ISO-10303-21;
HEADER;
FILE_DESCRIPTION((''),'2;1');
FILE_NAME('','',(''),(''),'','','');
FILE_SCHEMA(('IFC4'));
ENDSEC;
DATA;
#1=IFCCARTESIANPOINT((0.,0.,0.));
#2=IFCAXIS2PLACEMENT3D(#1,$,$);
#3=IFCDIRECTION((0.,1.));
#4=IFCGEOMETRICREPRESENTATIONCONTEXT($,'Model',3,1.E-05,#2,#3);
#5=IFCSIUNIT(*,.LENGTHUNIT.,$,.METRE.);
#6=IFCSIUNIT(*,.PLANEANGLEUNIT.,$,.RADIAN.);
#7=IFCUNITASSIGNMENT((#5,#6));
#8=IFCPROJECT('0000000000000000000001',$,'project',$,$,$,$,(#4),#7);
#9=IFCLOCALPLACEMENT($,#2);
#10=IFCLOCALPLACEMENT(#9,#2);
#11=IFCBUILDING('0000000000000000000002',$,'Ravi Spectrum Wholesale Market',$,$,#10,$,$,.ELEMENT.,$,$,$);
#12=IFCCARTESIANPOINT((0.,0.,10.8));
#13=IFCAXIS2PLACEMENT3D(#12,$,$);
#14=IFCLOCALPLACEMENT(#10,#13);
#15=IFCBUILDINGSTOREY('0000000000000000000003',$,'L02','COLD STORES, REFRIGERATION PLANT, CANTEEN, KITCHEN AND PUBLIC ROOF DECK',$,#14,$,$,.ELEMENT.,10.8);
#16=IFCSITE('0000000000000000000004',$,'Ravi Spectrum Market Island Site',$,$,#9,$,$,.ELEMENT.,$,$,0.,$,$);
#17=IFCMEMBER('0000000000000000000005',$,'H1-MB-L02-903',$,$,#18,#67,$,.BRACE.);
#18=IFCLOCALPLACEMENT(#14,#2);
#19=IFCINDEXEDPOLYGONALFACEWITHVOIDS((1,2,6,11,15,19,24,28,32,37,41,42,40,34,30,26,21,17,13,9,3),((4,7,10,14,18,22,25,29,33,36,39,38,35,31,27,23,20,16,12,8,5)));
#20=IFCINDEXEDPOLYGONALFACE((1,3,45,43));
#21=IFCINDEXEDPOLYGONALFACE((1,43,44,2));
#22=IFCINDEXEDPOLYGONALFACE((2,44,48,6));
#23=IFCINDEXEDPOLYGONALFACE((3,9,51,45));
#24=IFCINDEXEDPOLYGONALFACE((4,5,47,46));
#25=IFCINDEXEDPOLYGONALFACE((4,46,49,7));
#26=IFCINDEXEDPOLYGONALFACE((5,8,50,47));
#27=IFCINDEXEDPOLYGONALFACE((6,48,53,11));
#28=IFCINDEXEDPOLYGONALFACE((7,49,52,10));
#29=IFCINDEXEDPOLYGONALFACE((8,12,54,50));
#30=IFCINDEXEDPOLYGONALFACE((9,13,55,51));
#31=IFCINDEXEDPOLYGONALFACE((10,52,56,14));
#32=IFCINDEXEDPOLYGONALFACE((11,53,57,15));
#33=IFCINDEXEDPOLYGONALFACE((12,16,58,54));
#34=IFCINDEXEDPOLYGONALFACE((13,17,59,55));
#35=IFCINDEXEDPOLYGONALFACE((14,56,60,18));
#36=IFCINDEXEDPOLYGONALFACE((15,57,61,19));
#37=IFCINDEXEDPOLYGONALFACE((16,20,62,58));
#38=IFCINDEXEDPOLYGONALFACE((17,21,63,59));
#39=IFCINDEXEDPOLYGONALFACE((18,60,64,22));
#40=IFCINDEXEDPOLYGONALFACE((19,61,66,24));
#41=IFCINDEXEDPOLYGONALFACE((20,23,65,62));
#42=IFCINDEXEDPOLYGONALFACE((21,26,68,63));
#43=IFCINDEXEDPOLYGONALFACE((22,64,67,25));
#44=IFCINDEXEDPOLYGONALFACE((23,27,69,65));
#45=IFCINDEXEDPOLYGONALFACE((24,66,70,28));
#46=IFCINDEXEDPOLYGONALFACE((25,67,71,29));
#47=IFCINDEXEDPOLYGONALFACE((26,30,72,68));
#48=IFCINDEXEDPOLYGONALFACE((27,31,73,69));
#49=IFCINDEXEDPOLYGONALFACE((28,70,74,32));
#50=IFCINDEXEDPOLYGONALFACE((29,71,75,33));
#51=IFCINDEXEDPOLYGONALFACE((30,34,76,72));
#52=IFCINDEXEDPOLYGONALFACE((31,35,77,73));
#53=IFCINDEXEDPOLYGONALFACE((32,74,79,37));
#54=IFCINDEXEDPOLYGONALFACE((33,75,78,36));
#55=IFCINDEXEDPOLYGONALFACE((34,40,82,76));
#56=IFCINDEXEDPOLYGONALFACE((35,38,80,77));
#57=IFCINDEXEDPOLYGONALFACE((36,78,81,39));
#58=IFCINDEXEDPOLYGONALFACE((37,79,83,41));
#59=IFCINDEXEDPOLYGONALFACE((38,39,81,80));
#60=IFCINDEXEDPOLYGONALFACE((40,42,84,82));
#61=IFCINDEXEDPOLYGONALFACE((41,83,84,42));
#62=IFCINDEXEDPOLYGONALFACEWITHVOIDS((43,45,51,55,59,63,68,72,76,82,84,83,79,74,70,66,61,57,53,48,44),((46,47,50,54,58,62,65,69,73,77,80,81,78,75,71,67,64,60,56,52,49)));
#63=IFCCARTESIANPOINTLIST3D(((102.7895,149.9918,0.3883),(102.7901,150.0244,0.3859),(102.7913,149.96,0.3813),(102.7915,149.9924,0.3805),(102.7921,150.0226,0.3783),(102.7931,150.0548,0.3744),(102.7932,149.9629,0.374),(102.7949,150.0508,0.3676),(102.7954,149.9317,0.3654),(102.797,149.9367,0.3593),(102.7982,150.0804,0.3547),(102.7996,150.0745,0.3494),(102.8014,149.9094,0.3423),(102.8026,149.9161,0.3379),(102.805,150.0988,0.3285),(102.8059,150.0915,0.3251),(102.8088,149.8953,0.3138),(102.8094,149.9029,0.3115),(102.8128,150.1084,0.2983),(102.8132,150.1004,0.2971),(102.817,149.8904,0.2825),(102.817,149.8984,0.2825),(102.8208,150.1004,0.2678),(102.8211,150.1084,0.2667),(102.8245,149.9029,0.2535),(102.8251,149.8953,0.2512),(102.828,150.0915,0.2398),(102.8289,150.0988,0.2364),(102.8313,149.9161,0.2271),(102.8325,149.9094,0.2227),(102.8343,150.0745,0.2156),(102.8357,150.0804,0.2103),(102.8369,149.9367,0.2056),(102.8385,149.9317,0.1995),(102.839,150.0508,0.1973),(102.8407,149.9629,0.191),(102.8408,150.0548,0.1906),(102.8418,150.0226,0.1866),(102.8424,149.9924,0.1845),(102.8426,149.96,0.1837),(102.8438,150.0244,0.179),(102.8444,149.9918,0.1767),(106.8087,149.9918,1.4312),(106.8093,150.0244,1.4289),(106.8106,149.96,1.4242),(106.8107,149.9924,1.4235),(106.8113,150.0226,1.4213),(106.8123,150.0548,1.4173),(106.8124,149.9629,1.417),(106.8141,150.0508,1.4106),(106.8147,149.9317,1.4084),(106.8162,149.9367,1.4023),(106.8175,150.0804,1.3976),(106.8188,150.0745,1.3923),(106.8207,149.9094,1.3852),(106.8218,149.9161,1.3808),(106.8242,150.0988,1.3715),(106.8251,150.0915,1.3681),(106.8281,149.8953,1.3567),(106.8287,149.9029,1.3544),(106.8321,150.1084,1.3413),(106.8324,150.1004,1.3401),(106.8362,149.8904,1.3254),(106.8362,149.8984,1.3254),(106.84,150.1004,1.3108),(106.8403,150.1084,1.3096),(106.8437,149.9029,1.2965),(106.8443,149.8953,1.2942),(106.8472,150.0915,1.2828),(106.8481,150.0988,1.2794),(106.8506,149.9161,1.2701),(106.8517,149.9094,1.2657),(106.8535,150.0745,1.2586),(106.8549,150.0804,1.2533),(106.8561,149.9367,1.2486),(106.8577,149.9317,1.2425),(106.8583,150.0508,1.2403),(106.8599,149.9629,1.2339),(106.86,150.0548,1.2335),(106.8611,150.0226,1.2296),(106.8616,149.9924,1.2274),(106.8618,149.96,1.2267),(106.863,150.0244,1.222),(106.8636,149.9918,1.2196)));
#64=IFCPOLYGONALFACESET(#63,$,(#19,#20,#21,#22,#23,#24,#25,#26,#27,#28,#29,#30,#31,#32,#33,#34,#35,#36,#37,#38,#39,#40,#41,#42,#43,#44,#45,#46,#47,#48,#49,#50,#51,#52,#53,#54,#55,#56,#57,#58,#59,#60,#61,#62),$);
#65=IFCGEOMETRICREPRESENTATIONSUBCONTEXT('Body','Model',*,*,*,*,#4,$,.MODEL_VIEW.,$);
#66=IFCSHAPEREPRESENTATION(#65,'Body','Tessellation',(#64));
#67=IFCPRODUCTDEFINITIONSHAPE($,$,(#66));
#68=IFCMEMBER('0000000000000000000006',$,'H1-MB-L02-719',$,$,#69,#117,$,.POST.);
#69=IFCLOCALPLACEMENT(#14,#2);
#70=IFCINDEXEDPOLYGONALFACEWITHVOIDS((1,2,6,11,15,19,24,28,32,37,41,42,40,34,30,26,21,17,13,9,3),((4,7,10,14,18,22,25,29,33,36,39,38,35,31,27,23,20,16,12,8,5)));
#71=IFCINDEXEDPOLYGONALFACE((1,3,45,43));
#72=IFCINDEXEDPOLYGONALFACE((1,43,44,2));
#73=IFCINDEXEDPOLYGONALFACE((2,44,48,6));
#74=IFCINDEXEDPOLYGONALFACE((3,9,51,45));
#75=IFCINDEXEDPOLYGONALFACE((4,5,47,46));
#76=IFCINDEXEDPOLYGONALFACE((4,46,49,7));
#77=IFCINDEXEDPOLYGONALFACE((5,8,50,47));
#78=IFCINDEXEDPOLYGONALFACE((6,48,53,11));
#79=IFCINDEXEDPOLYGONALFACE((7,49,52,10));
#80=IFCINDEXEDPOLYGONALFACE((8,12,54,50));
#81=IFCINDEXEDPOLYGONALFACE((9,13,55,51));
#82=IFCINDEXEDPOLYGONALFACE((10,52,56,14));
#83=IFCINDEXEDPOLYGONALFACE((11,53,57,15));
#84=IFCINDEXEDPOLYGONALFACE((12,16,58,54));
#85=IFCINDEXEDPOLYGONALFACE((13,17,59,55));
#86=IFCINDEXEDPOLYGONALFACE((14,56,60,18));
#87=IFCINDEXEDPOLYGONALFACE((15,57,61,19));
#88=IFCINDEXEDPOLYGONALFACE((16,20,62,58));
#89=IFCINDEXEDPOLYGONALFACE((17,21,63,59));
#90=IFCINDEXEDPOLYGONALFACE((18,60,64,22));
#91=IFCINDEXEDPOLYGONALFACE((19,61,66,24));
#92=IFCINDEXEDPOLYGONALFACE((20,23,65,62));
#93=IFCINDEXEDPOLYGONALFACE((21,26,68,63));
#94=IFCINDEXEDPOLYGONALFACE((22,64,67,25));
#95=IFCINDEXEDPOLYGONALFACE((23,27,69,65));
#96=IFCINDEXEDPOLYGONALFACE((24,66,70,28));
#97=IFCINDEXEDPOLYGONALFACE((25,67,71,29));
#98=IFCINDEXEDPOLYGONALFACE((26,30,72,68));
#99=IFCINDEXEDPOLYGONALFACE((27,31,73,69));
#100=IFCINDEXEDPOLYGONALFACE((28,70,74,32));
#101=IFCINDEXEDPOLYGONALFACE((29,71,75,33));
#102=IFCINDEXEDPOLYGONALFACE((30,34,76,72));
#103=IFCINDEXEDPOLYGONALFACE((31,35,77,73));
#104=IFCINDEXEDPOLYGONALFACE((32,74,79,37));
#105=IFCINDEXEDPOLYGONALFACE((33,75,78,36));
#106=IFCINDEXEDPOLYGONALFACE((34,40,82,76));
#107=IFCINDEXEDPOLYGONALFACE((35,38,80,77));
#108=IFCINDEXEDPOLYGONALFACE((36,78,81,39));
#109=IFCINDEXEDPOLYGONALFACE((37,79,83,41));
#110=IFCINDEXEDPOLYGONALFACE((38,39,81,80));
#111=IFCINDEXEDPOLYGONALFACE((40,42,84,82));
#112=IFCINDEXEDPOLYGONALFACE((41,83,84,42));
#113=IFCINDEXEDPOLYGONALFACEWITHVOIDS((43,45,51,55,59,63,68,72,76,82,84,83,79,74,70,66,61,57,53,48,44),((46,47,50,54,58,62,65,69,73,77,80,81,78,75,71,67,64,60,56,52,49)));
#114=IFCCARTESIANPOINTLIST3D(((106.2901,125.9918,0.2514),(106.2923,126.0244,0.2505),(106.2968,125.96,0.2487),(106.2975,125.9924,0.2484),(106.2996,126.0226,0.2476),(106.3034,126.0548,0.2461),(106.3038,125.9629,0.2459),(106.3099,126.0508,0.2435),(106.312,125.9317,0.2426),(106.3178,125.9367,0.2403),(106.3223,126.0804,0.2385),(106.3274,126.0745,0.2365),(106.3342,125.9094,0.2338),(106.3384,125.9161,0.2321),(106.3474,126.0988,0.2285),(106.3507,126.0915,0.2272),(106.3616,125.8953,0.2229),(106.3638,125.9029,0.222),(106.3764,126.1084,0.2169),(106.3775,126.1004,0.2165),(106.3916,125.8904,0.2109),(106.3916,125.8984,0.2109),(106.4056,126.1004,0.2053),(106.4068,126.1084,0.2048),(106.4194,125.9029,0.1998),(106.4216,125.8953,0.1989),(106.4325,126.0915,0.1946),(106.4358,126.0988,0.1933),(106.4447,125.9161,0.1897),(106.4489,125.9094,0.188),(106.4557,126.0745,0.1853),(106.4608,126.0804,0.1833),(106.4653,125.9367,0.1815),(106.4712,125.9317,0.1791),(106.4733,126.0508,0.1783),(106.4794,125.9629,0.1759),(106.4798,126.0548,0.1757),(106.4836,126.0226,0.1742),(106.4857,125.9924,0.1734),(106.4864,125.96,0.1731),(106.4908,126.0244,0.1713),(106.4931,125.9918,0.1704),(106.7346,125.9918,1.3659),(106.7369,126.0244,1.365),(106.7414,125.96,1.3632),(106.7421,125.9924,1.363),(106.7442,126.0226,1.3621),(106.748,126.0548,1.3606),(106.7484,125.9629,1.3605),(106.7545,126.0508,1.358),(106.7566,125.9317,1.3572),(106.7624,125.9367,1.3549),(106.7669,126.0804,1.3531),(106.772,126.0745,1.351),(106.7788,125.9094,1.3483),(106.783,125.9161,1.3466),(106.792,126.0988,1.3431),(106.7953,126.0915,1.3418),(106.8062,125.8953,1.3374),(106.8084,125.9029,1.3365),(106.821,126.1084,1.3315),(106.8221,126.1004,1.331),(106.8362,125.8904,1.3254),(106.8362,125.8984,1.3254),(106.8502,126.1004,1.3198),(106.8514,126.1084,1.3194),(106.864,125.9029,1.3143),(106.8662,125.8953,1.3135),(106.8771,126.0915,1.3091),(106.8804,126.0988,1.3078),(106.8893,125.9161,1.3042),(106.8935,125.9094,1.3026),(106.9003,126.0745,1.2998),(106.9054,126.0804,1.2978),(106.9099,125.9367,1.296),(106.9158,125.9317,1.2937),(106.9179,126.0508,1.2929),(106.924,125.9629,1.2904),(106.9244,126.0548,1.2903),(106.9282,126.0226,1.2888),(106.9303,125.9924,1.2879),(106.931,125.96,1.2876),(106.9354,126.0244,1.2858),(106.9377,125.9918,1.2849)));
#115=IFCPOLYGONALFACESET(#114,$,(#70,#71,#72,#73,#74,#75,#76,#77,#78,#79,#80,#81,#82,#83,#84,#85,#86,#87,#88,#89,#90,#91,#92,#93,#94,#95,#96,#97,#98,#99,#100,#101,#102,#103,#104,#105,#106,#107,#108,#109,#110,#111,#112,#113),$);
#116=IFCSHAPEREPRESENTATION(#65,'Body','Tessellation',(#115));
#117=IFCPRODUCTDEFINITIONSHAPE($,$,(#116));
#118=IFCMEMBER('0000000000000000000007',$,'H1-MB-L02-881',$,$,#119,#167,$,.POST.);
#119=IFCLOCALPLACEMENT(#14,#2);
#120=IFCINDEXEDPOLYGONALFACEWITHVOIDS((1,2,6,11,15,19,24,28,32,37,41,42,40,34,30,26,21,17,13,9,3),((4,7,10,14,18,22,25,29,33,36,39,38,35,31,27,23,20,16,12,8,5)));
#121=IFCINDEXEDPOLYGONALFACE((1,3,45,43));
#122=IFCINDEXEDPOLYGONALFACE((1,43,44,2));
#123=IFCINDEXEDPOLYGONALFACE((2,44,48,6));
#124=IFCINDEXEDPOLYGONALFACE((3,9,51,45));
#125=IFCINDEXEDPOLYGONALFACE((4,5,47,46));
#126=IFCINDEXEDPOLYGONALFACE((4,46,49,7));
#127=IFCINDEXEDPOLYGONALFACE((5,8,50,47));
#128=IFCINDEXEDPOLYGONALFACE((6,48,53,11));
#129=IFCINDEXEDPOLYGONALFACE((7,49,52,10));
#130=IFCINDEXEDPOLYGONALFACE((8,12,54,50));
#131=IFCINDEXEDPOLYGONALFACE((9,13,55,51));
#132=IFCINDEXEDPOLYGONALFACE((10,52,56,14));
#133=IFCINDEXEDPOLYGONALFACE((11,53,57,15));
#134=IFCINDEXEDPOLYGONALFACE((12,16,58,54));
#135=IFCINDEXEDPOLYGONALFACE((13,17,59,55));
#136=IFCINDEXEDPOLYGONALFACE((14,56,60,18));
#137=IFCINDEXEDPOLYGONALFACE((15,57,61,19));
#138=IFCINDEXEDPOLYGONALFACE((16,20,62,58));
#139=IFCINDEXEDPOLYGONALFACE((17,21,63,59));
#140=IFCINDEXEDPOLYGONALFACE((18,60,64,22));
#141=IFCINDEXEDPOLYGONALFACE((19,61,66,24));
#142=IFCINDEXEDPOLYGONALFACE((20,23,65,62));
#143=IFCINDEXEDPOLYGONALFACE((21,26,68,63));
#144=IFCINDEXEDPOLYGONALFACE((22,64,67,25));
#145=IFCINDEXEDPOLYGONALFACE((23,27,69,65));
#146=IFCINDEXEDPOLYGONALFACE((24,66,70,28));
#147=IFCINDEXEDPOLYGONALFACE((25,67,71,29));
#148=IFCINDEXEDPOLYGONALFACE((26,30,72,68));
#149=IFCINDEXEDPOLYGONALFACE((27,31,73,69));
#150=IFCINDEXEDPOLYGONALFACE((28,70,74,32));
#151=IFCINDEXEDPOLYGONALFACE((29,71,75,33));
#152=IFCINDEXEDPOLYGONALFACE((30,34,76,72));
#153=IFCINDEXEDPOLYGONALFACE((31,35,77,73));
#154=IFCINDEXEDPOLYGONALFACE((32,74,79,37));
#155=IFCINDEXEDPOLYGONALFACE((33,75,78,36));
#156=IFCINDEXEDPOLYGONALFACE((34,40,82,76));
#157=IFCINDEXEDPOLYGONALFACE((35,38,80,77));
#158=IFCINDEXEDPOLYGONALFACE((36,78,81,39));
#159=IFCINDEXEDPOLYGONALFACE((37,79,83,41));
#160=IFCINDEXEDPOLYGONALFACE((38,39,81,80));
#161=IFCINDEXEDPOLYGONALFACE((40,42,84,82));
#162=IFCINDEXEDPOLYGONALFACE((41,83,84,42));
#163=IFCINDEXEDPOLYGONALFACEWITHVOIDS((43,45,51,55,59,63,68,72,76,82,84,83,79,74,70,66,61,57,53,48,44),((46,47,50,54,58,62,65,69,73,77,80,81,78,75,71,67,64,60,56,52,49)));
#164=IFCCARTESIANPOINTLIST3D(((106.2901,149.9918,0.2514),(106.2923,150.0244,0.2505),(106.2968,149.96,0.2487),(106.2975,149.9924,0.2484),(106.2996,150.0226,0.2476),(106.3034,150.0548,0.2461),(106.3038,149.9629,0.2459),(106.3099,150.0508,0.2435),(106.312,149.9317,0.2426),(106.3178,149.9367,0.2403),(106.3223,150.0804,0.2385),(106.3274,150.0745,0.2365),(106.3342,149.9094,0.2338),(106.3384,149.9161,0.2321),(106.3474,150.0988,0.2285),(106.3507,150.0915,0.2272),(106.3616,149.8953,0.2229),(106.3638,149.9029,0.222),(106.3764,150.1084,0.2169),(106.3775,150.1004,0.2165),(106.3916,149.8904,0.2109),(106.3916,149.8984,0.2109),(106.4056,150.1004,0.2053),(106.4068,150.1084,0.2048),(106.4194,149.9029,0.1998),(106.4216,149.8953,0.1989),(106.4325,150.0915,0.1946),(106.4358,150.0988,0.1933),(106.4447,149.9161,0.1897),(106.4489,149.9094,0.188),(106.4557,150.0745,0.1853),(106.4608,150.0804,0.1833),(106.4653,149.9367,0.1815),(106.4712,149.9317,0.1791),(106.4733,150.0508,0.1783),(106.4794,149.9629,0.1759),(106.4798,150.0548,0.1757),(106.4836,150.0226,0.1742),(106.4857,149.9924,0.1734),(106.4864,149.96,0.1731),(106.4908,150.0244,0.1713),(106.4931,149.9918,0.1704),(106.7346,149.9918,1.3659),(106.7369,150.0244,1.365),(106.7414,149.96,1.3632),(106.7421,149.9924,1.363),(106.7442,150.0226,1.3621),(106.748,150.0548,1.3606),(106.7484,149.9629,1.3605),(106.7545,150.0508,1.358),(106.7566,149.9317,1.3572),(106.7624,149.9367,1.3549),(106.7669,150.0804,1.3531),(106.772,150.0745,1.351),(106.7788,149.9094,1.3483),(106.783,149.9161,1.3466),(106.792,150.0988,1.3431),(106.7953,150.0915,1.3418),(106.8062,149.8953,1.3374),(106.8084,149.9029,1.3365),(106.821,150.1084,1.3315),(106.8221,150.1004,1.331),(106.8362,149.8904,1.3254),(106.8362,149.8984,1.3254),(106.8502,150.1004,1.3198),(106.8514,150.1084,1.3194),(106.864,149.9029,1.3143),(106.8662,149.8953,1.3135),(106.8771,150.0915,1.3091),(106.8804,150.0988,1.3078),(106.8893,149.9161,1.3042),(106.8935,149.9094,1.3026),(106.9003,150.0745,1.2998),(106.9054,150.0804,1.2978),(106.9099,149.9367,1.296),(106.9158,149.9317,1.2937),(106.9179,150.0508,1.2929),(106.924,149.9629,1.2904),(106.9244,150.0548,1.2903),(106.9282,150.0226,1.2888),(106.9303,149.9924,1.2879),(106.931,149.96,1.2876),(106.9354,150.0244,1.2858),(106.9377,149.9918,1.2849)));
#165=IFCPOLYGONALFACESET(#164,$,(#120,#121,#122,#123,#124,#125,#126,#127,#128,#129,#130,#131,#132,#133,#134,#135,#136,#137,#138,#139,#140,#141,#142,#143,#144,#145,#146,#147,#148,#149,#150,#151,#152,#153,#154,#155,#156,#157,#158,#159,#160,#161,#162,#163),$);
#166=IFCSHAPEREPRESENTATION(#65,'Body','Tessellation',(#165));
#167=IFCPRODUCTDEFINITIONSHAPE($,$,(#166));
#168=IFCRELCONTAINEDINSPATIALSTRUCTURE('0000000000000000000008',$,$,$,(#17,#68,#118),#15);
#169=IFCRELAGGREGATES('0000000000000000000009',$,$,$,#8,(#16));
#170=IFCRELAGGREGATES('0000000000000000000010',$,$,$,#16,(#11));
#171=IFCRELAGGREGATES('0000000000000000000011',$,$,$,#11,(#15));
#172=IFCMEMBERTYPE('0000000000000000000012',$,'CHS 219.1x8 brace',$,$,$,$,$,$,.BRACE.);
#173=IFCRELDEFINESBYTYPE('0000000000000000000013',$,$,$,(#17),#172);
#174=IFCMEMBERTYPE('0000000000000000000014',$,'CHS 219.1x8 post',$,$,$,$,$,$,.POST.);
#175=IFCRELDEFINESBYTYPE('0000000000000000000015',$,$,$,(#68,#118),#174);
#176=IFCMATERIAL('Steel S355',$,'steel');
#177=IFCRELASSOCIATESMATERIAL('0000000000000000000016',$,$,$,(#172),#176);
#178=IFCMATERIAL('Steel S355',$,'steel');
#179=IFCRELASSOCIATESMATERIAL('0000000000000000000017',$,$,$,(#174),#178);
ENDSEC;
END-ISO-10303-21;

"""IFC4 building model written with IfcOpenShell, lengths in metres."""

from ifc_helpers import new_model, si_unit, direction, frame, origin, origin_2d, place, context, subcontext, project, spatial, hollow_circle, extrude, material, material_profile, profile_set, type_object, element, save


model = new_model("IFC4")

# Units and contexts
model_context = context("Model", 3, precision=1e-05, world=origin(), true_north=direction((0.0, 1.0)))
body_context = subcontext(model_context, "Body", "Model", "MODEL_VIEW")
ifc_project = project(units=[si_unit("LENGTHUNIT", "METRE"), si_unit("PLANEANGLEUNIT", "RADIAN")], contexts=[model_context])

# Site, building, storey
site_placement = place(None, origin())
site = spatial("IfcSite", under=ifc_project, at=site_placement, Name="Ravi Spectrum Market Island Site", CompositionType="ELEMENT", RefElevation=0.0)
building_placement = place(site_placement, origin())
building = spatial("IfcBuilding", under=site, at=building_placement, Name="Ravi Spectrum Wholesale Market", CompositionType="ELEMENT")
storey_placement = place(building_placement, frame((0.0, 0.0, 10.8)))
storey = spatial("IfcBuildingStorey", under=building, at=storey_placement, Name="L02", Description="COLD STORES, REFRIGERATION PLANT, CANTEEN, KITCHEN AND PUBLIC ROOF DECK", CompositionType="ELEMENT", Elevation=10.8)

# Members
ifc_material_1 = material(Name="Steel S355", Category="steel")
ifc_material_profile_1 = material_profile(ifc_material_1, hollow_circle(Radius=0.1096, WallThickness=0.0081, at=origin_2d()))
ifc_profile_set_1 = profile_set([ifc_material_profile_1], Name="Steel S355")
member_type_1 = type_object("IfcMemberType", Name="CHS 219.1x8 brace", PredefinedType="BRACE", material=ifc_profile_set_1)
for number, where, z_axis, x_axis, name in (
    (1, (106.8362, 150.0, 1.3254), (-0.967942, 0.0, -0.251172), (0.0, -1.0, 0.0), "H1-MB-L02-903"),
):
    element("IfcMember", number, at=place(storey_placement, frame(where, z_axis=z_axis, x_axis=x_axis)), inside=storey, type_object=member_type_1, Name=name, PredefinedType="BRACE", context=body_context, shape_type="SweptSolid", body=[
        extrude(hollow_circle(Radius=0.1096, WallThickness=0.0081, at=origin_2d()), origin(), (0.0, 0.0, 1.0), 4.1523),
    ])
ifc_material_2 = material(Name="Steel S355", Category="steel")
ifc_material_profile_2 = material_profile(ifc_material_2, hollow_circle(Radius=0.1096, WallThickness=0.0081, at=origin_2d()))
ifc_profile_set_2 = profile_set([ifc_material_profile_2], Name="Steel S355")
member_type_2 = type_object("IfcMemberType", Name="CHS 219.1x8 post", PredefinedType="POST", material=ifc_profile_set_2)
for number, where, z_axis, x_axis, name in (
    (2, (106.8362, 126.0, 1.3254), (-0.370513, 0.0, -0.928827), (0.0, -1.0, 0.0), "H1-MB-L02-719"),
    (3, (106.8362, 150.0, 1.3254), (-0.370513, 0.0, -0.928827), (0.0, -1.0, 0.0), "H1-MB-L02-881"),
):
    element("IfcMember", number, at=place(storey_placement, frame(where, z_axis=z_axis, x_axis=x_axis)), inside=storey, type_object=member_type_2, Name=name, PredefinedType="POST", context=body_context, shape_type="SweptSolid", body=[
        extrude(hollow_circle(Radius=0.1096, WallThickness=0.0081, at=origin_2d()), origin(), (0.0, 0.0, 1.0), 1.2),
    ])

save(model, "model.ifc")
